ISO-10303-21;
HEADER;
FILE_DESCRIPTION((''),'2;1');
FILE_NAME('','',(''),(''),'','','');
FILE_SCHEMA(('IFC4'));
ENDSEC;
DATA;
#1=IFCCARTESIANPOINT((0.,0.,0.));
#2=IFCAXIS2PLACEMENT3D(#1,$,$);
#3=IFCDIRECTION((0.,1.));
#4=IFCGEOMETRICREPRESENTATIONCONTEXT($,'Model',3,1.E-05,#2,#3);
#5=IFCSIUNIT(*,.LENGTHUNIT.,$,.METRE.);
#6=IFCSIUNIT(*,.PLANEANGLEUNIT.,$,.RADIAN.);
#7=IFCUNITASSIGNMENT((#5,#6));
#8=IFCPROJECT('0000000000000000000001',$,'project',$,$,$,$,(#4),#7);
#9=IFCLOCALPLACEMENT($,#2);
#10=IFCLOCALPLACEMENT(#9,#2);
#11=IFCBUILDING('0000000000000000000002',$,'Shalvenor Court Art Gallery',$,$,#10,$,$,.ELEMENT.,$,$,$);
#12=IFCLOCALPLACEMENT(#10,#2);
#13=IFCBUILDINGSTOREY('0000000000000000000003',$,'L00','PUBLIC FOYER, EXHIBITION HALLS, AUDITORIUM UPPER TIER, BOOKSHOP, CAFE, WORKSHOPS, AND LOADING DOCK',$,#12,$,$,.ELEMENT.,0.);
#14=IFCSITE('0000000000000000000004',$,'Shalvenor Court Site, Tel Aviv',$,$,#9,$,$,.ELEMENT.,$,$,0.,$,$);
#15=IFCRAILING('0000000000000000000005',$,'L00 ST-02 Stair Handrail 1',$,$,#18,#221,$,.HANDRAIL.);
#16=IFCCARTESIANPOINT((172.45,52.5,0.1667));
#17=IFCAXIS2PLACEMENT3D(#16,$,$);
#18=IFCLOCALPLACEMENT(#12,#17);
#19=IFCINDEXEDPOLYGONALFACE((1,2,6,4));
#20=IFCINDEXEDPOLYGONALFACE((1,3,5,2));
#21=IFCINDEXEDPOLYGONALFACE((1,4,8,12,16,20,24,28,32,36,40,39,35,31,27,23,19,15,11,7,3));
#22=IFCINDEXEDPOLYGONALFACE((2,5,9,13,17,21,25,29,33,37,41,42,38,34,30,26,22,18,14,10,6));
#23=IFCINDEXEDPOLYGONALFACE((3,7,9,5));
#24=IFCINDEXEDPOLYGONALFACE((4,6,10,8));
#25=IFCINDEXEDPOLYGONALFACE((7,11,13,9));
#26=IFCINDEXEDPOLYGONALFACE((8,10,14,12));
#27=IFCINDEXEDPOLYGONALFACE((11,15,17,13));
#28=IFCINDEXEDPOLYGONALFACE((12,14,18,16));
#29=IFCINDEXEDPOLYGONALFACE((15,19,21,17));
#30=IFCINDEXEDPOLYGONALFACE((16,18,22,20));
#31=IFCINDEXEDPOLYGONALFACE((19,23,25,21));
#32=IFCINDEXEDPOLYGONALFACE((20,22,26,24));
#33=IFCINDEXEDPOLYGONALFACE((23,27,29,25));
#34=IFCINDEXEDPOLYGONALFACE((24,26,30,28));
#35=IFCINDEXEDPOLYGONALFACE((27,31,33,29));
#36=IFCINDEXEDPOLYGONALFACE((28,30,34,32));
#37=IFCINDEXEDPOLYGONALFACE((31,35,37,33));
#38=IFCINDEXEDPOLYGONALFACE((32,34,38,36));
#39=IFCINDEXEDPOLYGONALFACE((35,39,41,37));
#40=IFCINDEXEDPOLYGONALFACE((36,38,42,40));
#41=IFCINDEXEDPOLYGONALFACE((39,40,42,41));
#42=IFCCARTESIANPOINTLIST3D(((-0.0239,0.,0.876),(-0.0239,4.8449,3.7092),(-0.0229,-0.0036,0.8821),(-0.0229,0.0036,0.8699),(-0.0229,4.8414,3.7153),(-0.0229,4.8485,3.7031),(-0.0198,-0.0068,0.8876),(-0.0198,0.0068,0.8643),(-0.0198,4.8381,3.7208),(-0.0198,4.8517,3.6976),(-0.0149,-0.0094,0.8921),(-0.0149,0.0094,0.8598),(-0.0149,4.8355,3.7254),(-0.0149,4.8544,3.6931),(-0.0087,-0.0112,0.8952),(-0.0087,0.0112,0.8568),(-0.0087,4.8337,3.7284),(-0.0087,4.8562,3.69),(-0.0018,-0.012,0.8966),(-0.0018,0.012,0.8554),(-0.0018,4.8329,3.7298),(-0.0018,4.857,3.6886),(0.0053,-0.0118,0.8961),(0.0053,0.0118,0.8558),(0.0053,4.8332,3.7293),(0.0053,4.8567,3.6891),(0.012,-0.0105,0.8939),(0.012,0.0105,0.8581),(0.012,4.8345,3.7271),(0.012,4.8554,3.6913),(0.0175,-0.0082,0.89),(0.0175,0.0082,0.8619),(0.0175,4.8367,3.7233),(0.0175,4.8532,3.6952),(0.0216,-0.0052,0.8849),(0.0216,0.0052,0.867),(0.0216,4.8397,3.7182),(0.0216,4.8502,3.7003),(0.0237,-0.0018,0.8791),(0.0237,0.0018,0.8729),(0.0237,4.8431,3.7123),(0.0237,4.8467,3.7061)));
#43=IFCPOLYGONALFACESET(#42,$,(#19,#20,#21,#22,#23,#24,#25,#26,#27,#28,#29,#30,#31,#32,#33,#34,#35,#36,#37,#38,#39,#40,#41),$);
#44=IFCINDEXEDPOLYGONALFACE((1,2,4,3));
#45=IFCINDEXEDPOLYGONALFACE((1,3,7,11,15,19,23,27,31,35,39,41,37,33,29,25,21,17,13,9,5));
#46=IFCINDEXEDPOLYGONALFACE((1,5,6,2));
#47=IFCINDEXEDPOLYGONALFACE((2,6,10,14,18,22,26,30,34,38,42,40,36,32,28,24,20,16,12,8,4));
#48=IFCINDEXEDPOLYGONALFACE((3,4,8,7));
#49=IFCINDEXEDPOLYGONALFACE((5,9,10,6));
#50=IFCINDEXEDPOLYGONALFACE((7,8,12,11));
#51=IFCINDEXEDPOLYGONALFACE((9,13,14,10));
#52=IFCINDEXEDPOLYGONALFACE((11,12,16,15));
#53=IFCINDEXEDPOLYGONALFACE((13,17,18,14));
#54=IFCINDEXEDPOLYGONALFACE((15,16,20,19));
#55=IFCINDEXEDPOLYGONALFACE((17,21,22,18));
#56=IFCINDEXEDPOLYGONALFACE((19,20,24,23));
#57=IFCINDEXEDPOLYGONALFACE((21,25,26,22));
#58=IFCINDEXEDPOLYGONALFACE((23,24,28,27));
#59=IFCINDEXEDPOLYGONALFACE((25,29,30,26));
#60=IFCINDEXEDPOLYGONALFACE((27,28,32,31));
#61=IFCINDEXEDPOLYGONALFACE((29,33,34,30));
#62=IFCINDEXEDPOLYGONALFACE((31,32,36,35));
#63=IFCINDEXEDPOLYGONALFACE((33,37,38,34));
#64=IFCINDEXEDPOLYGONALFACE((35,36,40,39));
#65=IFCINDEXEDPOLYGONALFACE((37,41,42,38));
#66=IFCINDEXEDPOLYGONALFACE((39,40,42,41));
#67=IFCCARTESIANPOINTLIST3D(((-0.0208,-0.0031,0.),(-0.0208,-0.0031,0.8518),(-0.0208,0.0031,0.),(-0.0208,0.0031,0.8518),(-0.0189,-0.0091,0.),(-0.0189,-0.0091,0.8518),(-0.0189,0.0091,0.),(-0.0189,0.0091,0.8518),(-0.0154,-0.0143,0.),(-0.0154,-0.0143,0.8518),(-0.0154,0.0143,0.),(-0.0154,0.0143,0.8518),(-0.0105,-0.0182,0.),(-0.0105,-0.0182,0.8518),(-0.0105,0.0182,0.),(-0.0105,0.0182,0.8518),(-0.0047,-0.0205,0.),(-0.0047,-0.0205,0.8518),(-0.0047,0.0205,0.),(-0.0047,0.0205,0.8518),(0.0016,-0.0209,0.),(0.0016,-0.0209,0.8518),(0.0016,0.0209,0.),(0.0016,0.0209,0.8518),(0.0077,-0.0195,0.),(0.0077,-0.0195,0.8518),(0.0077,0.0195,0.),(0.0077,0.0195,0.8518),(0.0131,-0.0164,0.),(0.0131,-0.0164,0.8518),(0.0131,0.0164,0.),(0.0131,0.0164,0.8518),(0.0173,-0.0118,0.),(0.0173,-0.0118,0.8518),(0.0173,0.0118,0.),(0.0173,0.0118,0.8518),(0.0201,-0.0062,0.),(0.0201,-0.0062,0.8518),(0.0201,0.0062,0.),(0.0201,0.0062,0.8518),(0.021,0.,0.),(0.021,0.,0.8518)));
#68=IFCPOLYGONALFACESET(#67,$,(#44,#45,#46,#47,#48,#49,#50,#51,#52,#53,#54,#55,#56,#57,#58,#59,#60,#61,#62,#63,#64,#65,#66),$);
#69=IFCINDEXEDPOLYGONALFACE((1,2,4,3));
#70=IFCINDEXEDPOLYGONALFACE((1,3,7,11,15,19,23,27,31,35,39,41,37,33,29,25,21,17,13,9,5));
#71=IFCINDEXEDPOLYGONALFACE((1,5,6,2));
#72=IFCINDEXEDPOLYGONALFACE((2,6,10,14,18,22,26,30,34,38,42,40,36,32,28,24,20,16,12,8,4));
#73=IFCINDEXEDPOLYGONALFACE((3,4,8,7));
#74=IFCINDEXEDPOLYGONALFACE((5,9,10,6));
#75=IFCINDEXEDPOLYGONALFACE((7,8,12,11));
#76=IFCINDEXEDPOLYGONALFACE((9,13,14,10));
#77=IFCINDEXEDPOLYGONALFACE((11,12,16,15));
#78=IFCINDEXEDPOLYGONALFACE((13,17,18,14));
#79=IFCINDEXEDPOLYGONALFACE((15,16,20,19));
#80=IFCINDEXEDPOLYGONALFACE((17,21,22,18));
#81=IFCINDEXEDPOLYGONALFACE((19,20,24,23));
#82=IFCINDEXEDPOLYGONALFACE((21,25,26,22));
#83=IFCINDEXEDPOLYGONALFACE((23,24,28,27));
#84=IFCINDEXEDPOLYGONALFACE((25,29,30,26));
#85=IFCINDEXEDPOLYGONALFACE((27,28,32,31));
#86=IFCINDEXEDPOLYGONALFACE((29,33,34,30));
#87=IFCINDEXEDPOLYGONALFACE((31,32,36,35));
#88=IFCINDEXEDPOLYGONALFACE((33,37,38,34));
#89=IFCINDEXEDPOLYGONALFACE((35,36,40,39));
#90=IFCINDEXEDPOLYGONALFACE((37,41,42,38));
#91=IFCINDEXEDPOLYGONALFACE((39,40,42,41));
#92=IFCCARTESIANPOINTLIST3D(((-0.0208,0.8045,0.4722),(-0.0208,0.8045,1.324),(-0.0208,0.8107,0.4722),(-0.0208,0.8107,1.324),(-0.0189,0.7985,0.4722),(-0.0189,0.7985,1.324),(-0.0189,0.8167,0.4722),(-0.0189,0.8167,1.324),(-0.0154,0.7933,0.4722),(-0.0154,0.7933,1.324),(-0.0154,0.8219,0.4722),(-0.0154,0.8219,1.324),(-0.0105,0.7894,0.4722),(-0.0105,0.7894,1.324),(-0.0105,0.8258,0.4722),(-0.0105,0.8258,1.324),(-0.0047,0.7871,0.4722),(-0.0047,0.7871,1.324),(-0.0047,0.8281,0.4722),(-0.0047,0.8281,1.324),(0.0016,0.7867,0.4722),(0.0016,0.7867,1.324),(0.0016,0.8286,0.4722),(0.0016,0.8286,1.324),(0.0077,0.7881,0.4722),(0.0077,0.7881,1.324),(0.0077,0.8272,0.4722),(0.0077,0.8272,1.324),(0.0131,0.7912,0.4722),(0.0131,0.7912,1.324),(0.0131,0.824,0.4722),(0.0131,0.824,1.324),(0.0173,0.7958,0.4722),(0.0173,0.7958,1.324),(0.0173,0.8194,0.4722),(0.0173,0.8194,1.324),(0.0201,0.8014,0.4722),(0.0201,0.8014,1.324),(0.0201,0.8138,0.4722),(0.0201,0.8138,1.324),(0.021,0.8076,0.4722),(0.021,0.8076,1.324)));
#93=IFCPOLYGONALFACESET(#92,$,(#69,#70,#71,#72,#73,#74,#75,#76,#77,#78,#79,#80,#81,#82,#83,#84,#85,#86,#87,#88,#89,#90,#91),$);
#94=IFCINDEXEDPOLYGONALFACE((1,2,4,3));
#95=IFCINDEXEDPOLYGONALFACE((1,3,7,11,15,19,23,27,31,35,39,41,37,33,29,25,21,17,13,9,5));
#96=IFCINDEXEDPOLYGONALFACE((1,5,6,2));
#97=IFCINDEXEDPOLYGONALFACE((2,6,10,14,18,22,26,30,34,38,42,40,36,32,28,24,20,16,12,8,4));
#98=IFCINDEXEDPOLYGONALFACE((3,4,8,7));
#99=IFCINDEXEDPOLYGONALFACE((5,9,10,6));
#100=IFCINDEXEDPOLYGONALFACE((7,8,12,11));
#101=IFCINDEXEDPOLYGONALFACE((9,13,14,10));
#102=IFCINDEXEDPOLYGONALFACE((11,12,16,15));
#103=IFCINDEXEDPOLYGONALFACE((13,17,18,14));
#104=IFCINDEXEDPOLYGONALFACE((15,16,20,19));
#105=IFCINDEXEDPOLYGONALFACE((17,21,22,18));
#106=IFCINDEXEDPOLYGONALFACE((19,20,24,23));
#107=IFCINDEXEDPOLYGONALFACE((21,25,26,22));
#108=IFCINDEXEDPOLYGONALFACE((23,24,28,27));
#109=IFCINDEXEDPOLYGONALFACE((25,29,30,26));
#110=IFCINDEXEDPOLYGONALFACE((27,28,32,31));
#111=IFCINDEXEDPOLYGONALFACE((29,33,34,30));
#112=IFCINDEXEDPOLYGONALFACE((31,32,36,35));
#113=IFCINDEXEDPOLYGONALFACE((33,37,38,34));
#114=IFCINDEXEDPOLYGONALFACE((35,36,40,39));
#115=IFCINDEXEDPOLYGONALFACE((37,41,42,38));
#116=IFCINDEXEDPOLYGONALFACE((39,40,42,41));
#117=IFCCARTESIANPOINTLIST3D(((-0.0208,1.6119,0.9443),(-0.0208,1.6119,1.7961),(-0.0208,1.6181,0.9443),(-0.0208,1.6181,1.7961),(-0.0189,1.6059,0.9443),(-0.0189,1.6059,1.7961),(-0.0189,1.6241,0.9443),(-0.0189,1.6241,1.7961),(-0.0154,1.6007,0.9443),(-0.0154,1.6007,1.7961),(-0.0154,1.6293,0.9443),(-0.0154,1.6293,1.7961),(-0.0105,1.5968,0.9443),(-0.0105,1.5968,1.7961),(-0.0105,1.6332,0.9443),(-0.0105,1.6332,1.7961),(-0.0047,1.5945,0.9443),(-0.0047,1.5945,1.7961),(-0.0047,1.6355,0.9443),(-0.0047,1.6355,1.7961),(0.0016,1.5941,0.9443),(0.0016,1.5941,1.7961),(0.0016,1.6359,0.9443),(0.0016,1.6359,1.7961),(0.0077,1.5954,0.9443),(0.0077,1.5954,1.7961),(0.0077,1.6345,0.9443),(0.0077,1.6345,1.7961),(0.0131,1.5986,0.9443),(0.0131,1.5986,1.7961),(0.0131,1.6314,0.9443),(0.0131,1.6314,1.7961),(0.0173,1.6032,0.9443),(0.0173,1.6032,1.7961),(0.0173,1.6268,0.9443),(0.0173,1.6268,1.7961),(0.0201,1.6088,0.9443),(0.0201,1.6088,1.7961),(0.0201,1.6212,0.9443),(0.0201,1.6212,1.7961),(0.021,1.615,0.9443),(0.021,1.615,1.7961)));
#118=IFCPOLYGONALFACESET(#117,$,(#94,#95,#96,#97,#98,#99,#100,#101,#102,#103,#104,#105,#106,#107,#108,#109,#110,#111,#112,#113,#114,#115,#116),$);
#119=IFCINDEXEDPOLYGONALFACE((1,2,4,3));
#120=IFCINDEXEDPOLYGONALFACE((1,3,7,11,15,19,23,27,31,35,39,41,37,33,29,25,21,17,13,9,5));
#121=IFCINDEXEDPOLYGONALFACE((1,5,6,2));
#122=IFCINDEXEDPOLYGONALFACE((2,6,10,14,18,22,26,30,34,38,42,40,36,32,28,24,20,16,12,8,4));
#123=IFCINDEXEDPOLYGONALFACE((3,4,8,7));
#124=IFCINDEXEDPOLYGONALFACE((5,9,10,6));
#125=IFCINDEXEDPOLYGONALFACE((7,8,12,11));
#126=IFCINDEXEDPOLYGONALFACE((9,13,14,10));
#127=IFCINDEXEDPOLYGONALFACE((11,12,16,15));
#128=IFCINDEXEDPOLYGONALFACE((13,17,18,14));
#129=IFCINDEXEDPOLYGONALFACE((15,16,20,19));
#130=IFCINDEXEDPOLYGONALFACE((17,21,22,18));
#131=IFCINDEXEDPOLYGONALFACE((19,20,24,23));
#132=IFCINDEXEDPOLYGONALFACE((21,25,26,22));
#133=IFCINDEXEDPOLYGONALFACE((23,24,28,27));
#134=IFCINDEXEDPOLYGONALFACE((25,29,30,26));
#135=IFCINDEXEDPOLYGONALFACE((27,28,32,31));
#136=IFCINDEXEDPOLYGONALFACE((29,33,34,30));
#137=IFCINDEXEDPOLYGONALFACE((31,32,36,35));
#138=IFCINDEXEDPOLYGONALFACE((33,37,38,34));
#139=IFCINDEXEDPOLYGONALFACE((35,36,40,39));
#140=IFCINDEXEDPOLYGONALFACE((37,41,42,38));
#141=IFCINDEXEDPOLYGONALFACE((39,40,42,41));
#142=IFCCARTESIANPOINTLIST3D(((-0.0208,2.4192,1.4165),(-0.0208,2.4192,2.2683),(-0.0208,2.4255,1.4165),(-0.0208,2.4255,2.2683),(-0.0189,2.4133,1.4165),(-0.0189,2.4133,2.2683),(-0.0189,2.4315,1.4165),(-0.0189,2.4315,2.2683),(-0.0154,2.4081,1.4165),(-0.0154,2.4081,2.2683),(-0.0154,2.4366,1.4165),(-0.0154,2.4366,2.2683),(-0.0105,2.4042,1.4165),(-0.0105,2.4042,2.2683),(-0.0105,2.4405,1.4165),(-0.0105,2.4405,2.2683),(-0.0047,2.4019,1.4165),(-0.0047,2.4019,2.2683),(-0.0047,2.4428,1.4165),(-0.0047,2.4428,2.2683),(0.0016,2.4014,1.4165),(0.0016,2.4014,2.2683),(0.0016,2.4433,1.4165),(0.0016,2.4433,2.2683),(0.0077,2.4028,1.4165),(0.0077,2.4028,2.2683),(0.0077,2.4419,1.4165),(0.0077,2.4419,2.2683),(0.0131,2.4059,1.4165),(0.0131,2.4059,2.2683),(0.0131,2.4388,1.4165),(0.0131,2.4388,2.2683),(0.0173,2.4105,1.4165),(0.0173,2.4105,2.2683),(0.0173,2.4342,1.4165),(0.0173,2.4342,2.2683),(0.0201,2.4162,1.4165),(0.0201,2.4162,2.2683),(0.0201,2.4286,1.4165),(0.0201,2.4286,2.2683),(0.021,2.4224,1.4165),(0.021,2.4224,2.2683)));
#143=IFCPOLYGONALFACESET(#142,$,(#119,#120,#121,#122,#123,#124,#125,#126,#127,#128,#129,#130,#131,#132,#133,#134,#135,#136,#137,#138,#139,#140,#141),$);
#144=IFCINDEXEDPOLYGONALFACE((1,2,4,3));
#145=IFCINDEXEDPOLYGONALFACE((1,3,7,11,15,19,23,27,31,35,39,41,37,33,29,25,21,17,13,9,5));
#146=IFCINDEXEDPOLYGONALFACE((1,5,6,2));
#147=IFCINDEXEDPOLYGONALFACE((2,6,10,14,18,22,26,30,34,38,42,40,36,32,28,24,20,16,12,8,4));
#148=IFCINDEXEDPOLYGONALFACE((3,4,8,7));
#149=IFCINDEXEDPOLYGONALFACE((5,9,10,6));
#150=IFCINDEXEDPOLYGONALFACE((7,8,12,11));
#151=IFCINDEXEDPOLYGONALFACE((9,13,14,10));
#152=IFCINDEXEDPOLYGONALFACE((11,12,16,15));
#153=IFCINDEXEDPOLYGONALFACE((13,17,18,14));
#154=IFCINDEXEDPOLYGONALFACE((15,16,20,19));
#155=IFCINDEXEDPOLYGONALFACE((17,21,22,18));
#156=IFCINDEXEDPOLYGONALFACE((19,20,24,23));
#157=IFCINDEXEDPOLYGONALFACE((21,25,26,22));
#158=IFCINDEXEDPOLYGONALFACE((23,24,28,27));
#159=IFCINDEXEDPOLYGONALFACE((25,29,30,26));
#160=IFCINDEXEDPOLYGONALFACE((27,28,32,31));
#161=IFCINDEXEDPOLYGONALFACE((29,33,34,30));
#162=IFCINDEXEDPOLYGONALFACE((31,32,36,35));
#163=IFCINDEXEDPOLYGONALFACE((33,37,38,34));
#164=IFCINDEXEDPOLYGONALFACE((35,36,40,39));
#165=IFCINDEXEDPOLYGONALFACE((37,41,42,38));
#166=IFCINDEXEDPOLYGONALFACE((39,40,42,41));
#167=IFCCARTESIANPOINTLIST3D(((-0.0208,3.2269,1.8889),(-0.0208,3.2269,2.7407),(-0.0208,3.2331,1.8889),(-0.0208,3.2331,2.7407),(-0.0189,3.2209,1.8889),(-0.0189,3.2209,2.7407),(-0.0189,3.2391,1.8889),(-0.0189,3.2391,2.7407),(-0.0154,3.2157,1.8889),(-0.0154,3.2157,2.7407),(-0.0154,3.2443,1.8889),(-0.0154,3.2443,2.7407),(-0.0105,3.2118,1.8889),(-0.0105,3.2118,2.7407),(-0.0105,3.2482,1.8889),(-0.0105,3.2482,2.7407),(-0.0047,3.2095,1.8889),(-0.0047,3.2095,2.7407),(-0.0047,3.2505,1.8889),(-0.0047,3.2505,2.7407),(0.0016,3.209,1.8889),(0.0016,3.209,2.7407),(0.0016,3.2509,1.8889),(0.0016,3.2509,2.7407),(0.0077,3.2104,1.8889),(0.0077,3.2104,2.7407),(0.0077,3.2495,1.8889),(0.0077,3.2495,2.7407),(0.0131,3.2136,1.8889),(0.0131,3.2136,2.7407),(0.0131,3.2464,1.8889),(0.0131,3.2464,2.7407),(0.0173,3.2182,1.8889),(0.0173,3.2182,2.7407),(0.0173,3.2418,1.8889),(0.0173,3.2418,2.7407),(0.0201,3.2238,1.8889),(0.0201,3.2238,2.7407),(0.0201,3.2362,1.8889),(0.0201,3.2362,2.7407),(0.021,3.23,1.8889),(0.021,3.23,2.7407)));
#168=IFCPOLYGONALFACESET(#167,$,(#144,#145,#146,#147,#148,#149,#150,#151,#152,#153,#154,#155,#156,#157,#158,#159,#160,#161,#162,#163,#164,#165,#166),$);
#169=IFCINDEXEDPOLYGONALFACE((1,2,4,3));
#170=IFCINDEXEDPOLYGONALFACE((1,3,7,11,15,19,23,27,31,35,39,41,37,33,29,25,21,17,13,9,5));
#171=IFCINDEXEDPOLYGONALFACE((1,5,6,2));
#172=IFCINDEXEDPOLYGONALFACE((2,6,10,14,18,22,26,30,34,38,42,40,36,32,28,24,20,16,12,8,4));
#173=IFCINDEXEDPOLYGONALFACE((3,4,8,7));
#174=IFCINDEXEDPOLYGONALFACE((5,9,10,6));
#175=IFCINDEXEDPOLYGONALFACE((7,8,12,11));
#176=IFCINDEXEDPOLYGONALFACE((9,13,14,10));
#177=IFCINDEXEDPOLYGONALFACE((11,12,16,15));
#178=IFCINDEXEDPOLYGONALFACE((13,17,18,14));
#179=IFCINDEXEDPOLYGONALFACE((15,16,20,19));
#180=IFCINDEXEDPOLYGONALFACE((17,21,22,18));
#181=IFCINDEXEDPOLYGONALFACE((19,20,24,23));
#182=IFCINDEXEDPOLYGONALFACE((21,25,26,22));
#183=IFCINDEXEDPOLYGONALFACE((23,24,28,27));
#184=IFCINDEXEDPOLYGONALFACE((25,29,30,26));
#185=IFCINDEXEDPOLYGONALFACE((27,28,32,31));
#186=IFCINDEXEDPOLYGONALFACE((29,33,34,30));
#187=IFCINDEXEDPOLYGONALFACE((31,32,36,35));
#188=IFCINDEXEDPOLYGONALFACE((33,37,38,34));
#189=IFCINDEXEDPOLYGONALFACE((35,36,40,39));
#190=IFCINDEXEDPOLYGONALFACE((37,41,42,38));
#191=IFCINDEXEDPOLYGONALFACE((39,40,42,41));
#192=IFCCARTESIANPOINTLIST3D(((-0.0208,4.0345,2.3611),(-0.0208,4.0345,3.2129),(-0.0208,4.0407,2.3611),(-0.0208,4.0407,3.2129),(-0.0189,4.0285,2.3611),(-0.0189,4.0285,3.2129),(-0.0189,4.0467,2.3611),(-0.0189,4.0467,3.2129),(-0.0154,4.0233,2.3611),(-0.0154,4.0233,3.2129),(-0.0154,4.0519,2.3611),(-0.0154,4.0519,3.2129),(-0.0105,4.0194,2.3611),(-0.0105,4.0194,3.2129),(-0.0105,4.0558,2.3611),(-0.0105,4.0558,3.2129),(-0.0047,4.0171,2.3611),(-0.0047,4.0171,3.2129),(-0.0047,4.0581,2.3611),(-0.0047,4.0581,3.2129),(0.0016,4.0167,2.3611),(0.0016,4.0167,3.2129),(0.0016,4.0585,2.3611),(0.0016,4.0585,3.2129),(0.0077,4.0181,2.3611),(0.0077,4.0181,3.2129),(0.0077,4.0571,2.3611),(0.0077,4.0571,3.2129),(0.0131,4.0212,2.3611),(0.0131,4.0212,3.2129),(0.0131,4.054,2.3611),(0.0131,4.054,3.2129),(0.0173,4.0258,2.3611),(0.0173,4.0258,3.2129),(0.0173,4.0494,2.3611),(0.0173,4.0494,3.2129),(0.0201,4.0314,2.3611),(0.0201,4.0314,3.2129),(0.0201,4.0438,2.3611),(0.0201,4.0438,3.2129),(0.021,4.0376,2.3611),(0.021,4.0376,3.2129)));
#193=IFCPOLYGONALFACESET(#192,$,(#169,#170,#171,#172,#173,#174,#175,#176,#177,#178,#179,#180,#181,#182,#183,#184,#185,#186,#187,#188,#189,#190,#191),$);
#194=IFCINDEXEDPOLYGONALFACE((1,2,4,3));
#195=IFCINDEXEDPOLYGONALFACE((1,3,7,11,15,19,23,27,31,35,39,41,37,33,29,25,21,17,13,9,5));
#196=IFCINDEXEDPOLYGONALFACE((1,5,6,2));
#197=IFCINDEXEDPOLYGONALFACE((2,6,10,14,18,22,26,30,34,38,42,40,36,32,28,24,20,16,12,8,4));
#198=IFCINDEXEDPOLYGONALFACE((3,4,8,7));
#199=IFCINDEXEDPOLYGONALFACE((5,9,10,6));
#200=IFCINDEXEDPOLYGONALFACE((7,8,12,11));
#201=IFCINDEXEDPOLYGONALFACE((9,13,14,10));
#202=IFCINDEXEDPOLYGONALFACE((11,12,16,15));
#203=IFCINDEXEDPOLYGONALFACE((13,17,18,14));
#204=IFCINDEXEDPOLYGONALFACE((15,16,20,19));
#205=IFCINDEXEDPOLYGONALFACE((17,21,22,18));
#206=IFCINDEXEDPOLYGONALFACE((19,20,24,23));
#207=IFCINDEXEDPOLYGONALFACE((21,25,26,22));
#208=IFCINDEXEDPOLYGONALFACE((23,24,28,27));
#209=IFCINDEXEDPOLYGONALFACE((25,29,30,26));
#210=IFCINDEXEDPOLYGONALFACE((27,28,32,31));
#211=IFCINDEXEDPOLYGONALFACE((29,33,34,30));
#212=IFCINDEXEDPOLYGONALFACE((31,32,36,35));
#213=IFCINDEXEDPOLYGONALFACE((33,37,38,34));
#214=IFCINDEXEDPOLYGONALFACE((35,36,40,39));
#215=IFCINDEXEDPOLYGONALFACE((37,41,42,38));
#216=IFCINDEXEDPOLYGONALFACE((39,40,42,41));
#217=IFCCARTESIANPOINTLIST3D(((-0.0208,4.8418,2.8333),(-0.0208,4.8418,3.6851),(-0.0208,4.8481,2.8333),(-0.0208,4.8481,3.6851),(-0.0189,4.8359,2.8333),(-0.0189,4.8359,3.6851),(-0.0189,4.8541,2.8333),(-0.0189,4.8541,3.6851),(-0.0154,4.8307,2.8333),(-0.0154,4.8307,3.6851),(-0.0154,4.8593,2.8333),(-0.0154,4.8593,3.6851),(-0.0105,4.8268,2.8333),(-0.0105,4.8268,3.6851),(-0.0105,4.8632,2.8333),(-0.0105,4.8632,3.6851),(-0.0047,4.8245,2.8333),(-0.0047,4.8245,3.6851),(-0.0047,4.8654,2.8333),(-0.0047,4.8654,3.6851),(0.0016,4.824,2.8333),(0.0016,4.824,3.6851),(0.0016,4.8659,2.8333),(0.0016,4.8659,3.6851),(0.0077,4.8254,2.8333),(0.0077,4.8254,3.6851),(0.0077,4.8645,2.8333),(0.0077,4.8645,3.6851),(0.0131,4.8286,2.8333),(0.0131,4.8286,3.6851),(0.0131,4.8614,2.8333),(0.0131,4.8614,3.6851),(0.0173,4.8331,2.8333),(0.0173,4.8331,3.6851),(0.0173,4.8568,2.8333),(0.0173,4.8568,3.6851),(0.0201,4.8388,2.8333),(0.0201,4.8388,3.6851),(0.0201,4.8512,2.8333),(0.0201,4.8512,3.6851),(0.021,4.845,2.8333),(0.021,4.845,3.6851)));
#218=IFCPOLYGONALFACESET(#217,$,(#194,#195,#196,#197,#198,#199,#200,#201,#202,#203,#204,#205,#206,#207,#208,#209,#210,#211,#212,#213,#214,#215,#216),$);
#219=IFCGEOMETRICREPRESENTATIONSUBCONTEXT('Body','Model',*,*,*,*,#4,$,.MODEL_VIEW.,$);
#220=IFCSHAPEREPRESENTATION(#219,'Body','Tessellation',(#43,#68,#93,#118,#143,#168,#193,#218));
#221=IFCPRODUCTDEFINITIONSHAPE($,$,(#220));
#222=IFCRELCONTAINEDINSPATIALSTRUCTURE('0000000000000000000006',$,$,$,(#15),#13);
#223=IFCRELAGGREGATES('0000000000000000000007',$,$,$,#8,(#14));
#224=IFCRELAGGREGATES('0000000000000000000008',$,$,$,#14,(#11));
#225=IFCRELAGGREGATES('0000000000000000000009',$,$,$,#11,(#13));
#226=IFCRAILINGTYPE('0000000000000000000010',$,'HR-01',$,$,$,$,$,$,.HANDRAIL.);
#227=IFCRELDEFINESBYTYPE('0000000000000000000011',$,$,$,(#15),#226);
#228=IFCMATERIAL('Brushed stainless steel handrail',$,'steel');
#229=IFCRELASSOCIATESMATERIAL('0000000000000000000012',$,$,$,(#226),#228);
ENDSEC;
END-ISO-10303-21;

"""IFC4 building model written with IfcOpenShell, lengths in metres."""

from ifc_helpers import new_model, si_unit, direction, frame, origin, origin_2d, place, context, subcontext, project, spatial, circle, extrude, material, type_object, element, save


model = new_model("IFC4")

# Units and contexts
model_context = context("Model", 3, precision=1e-05, world=origin(), true_north=direction((0.0, 1.0)))
body_context = subcontext(model_context, "Body", "Model", "MODEL_VIEW")
ifc_project = project(units=[si_unit("LENGTHUNIT", "METRE"), si_unit("PLANEANGLEUNIT", "RADIAN")], contexts=[model_context])

# Site, building, storey
site_placement = place(None, origin())
site = spatial("IfcSite", under=ifc_project, at=site_placement, Name="Shalvenor Court Site, Tel Aviv", CompositionType="ELEMENT", RefElevation=0.0)
building_placement = place(site_placement, origin())
building = spatial("IfcBuilding", under=site, at=building_placement, Name="Shalvenor Court Art Gallery", CompositionType="ELEMENT")
storey_placement = place(building_placement, origin())
storey = spatial("IfcBuildingStorey", under=building, at=storey_placement, Name="L00", Description="PUBLIC FOYER, EXHIBITION HALLS, AUDITORIUM UPPER TIER, BOOKSHOP, CAFE, WORKSHOPS, AND LOADING DOCK", CompositionType="ELEMENT", Elevation=0.0)

# Railing
ifc_material_1 = material(Name="Brushed stainless steel handrail", Category="steel")
railing_type_1 = type_object("IfcRailingType", Name="HR-01", PredefinedType="HANDRAIL", material=ifc_material_1)
railing_1_placement = place(storey_placement, frame((172.45, 52.5, 0.1667)))
element("IfcRailing", 1, at=railing_1_placement, inside=storey, type_object=railing_type_1, Name="L00 ST-02 Stair Handrail 1", PredefinedType="HANDRAIL", context=body_context, shape_type="SweptSolid", body=[
    extrude(circle(Radius=0.0239, at=origin_2d()), frame((0.0, 0.0, 0.876), z_axis=(0.0, 0.863234, 0.504804), x_axis=(-1.0, 0.0, 0.0)), (0.0, 0.0, 1.0), 5.6125),
    extrude(circle(Radius=0.021, at=origin_2d()), origin(), (0.0, 0.0, 1.0), 0.8518),
    extrude(circle(Radius=0.021, at=origin_2d()), frame((0.0, 0.8076, 0.4722)), (0.0, 0.0, 1.0), 0.8518),
    extrude(circle(Radius=0.021, at=origin_2d()), frame((0.0, 1.615, 0.9443)), (0.0, 0.0, 1.0), 0.8518),
    extrude(circle(Radius=0.021, at=origin_2d()), frame((0.0, 2.4224, 1.4165)), (0.0, 0.0, 1.0), 0.8518),
    extrude(circle(Radius=0.021, at=origin_2d()), frame((0.0, 3.23, 1.8889)), (0.0, 0.0, 1.0), 0.8518),
    extrude(circle(Radius=0.021, at=origin_2d()), frame((0.0, 4.0376, 2.3611)), (0.0, 0.0, 1.0), 0.8518),
    extrude(circle(Radius=0.021, at=origin_2d()), frame((0.0, 4.845, 2.8333)), (0.0, 0.0, 1.0), 0.8518),
])

save(model, "model.ifc")
